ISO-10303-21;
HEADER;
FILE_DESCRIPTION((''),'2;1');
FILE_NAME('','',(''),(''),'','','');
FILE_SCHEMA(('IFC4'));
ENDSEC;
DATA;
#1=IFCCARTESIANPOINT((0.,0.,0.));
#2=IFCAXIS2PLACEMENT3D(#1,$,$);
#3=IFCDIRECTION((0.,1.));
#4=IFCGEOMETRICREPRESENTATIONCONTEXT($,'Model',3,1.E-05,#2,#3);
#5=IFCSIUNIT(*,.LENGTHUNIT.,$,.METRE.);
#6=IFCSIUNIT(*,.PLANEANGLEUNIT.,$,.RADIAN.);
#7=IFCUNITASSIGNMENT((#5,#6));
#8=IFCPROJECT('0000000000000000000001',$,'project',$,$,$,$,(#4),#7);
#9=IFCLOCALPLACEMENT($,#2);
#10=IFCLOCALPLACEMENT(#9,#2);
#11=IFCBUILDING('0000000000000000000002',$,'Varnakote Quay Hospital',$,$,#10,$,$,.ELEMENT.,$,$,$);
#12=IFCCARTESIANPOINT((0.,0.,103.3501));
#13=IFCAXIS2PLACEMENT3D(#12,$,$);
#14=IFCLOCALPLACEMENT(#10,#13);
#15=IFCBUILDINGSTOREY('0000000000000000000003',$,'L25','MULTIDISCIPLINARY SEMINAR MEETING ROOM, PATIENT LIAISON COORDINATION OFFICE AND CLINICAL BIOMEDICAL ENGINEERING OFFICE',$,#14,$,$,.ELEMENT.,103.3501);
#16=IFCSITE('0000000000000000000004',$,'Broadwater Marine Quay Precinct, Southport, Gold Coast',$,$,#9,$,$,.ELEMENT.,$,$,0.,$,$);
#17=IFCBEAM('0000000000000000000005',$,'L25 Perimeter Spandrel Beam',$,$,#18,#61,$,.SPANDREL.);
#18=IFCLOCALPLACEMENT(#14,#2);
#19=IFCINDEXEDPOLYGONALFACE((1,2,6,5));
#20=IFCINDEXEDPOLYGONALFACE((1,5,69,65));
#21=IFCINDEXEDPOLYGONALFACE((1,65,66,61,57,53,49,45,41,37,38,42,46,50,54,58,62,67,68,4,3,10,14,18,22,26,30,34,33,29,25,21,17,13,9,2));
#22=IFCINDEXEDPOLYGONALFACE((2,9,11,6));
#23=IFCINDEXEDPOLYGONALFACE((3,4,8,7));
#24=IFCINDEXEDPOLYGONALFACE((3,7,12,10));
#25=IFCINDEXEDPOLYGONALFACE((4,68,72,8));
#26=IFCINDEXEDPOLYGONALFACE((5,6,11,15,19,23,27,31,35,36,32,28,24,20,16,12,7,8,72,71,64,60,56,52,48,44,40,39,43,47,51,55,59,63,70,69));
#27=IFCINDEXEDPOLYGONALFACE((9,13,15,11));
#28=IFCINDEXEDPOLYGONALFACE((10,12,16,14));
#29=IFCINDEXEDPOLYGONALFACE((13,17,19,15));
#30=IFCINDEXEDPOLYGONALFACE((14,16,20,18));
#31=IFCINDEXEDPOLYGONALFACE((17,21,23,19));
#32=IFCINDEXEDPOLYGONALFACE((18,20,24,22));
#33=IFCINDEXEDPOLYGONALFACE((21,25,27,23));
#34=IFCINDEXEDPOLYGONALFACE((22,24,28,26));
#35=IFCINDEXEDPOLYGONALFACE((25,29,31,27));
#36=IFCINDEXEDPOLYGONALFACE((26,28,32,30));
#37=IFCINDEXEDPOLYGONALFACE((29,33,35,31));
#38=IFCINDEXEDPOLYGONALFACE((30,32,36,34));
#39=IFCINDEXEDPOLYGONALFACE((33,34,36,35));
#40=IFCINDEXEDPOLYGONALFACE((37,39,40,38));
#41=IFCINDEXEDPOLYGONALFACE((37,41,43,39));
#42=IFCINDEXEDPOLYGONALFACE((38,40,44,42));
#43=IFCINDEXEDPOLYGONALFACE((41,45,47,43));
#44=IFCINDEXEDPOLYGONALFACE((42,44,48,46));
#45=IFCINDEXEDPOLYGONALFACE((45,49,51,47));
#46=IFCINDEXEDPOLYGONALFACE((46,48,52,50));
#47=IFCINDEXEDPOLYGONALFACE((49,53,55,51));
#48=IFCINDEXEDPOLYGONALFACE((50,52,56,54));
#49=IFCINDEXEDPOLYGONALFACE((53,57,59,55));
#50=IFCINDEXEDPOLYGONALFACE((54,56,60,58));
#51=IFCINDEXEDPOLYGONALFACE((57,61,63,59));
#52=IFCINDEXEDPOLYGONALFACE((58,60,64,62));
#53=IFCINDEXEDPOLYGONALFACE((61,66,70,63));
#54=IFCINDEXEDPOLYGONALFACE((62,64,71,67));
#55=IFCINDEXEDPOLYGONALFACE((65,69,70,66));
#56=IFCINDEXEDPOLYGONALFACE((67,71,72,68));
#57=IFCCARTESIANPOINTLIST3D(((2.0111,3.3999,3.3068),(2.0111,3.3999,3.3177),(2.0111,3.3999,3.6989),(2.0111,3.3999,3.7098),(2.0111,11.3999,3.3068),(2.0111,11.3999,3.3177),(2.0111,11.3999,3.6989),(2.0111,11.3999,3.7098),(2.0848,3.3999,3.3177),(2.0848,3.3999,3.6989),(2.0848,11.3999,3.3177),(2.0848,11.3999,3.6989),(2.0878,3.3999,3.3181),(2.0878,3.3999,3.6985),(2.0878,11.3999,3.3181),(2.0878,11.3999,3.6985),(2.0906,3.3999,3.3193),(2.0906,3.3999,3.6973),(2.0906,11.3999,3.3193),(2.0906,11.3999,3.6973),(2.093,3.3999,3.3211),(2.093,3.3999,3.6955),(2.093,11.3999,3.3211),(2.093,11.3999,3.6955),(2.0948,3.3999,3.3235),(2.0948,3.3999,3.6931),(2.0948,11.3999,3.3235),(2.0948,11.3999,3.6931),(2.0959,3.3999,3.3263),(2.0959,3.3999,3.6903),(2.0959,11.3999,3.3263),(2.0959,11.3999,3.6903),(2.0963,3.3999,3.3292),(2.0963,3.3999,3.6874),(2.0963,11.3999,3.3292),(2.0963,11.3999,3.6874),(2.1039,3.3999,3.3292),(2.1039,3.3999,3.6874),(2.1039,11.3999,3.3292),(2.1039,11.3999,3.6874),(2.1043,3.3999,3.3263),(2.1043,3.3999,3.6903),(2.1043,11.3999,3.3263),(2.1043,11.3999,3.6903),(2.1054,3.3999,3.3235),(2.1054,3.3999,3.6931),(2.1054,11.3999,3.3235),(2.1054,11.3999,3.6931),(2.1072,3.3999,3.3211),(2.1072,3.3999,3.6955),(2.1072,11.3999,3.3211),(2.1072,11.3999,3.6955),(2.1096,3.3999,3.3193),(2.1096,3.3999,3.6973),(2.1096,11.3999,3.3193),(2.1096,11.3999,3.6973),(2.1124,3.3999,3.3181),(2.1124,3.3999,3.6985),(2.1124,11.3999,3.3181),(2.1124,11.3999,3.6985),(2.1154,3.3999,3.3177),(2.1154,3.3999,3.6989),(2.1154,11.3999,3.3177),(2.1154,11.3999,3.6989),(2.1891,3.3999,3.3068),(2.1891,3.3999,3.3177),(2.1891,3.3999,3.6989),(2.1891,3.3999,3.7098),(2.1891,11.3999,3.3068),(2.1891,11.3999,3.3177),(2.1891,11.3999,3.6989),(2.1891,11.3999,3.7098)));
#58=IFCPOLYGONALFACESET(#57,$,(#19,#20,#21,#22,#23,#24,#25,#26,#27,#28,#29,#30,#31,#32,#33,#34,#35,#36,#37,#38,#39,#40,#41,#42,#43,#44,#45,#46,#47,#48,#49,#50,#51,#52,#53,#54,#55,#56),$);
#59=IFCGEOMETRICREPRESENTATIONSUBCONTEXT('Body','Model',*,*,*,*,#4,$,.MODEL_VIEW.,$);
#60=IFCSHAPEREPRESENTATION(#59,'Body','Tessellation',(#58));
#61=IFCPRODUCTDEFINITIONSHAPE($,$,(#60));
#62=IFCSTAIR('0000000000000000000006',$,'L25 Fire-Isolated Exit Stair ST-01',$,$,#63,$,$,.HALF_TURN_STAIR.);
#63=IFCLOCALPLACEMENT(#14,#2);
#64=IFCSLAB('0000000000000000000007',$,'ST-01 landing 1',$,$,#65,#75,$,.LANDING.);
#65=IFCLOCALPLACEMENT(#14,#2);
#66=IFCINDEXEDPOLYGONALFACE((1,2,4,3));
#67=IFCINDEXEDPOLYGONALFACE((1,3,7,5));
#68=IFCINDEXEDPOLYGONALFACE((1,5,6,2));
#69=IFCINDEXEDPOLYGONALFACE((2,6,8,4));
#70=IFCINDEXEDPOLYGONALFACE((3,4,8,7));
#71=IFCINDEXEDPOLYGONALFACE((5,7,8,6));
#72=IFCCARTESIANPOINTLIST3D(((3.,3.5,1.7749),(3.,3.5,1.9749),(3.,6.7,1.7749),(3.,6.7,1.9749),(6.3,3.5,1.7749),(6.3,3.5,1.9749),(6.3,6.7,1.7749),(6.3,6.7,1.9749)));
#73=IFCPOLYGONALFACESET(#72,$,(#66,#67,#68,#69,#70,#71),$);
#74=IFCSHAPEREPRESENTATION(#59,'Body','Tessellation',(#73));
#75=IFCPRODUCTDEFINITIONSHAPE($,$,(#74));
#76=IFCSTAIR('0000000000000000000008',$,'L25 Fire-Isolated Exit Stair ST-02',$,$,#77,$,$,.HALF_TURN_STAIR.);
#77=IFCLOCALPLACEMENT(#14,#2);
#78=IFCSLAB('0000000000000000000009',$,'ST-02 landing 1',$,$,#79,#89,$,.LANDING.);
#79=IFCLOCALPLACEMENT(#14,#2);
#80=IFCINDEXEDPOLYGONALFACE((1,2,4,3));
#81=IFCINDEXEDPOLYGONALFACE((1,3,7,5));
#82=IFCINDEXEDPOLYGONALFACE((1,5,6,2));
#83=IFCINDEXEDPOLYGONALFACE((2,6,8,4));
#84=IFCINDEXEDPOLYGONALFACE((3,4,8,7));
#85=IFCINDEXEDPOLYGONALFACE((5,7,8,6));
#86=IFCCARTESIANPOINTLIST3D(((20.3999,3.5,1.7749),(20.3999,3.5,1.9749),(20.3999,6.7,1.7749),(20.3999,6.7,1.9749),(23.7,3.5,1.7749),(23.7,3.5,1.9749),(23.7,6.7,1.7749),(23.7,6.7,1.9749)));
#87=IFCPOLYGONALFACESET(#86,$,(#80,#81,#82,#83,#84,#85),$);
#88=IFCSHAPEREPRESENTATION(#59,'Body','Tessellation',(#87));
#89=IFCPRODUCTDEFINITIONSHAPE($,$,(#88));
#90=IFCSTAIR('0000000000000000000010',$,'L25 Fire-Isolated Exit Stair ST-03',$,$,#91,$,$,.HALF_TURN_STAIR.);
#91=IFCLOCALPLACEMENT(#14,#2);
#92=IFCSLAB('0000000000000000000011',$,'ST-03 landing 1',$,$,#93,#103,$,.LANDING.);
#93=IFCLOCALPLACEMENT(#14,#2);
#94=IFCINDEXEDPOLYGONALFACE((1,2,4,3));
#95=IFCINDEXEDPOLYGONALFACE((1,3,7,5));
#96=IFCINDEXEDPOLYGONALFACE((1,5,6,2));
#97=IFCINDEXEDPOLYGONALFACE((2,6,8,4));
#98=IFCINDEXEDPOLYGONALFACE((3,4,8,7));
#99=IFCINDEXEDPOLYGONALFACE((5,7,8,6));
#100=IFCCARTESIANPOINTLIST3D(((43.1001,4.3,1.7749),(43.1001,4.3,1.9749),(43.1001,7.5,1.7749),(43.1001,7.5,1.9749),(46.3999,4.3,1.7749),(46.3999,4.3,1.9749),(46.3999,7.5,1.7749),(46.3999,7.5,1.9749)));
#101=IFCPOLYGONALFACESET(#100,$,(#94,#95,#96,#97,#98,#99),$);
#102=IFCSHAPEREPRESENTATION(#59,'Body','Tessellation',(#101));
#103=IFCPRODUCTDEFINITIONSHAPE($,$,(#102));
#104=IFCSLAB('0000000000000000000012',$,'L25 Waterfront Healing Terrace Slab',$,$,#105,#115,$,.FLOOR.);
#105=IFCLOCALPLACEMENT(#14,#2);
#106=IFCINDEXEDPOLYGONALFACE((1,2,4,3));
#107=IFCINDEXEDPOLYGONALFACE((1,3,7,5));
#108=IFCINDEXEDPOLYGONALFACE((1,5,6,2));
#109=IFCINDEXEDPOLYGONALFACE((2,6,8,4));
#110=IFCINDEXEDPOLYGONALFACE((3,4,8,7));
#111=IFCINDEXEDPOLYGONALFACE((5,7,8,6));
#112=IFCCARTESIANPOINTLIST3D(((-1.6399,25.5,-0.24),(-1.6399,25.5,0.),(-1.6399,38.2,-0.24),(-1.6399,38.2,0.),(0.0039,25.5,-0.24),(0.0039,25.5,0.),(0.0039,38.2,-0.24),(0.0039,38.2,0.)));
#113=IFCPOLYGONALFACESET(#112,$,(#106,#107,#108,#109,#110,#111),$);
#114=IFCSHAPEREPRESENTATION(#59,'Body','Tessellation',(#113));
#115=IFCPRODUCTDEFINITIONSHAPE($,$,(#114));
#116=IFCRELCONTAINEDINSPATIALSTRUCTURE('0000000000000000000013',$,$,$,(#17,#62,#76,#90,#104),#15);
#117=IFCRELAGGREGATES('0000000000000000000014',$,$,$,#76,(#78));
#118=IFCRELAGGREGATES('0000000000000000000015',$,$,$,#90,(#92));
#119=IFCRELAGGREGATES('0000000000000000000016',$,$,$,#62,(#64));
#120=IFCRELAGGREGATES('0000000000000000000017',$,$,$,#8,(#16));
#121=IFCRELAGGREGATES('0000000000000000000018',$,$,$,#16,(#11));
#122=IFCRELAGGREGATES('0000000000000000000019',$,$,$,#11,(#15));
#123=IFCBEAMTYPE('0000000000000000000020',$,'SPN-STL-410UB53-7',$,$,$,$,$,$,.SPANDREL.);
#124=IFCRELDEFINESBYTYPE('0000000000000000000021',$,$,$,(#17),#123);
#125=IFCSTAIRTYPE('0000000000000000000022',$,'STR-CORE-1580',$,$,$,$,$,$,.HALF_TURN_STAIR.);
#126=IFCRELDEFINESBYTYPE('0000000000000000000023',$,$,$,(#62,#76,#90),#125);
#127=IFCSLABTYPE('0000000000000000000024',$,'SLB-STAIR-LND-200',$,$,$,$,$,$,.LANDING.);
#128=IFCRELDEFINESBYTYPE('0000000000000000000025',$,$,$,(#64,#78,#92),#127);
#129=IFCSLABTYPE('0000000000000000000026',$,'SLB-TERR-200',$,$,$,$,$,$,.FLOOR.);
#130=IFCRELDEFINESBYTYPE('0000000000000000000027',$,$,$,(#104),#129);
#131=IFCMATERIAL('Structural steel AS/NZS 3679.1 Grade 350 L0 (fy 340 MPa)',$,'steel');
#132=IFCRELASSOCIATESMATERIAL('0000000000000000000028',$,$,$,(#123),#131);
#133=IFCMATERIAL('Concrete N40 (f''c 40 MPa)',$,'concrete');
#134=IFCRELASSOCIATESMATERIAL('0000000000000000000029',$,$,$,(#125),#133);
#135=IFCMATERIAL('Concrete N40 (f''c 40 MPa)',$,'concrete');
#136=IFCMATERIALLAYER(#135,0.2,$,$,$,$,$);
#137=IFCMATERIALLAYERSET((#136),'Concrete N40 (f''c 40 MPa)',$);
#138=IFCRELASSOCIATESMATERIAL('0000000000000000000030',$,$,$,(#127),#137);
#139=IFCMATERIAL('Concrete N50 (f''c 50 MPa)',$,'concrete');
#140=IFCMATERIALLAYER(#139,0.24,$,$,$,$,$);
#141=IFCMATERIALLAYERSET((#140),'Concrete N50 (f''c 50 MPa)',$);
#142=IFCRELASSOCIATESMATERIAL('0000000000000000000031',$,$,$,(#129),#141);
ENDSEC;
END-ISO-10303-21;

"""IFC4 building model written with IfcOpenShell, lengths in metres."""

from ifc_helpers import new_model, si_unit, direction, frame, origin, origin_2d, place, context, subcontext, project, spatial, polyline, i_section, outline, extrude, material, layer, layer_set, material_profile, profile_set, type_object, element, aggregate, save


model = new_model("IFC4")

# Units and contexts
model_context = context("Model", 3, precision=1e-05, world=origin(), true_north=direction((0.0, 1.0)))
body_context = subcontext(model_context, "Body", "Model", "MODEL_VIEW")
ifc_project = project(units=[si_unit("LENGTHUNIT", "METRE"), si_unit("PLANEANGLEUNIT", "RADIAN")], contexts=[model_context])

# Site, building, storey
site_placement = place(None, origin())
site = spatial("IfcSite", under=ifc_project, at=site_placement, Name="Broadwater Marine Quay Precinct, Southport, Gold Coast", CompositionType="ELEMENT", RefElevation=0.0)
building_placement = place(site_placement, origin())
building = spatial("IfcBuilding", under=site, at=building_placement, Name="Varnakote Quay Hospital", CompositionType="ELEMENT")
storey_placement = place(building_placement, frame((0.0, 0.0, 103.3501)))
storey = spatial("IfcBuildingStorey", under=building, at=storey_placement, Name="L25", Description="MULTIDISCIPLINARY SEMINAR MEETING ROOM, PATIENT LIAISON COORDINATION OFFICE AND CLINICAL BIOMEDICAL ENGINEERING OFFICE", CompositionType="ELEMENT", Elevation=103.3501)

# Beam
ifc_material_1 = material(Name="Structural steel AS/NZS 3679.1 Grade 350 L0 (fy 340 MPa)", Category="steel")
ifc_material_profile_1 = material_profile(ifc_material_1, i_section(OverallWidth=0.178, OverallDepth=0.4031, WebThickness=0.0076, FlangeThickness=0.011, FilletRadius=0.0115, at=origin_2d()), Name="410UB53.7")
ifc_profile_set_1 = profile_set([ifc_material_profile_1], Name="Structural steel AS/NZS 3679.1 Grade 350 L0 (fy 340 MPa)")
beam_type_1 = type_object("IfcBeamType", Name="SPN-STL-410UB53-7", PredefinedType="SPANDREL", material=ifc_profile_set_1)
beam_1_placement = place(storey_placement, frame((2.1001, 3.3999, 3.5083), z_axis=(0.0, 1.0, 0.0), x_axis=(-1.0, 0.0, 0.0)))
element("IfcBeam", 1, at=beam_1_placement, inside=storey, type_object=beam_type_1, Name="L25 Perimeter Spandrel Beam", PredefinedType="SPANDREL", context=body_context, shape_type="SweptSolid", body=[
    extrude(i_section(OverallWidth=0.178, OverallDepth=0.4031, WebThickness=0.0076, FlangeThickness=0.011, FilletRadius=0.0115, at=origin_2d()), origin(), (0.0, 0.0, 1.0), 8.0),
])

# Stairs, slabs
ifc_material_2 = material(Name="Concrete N40 (f'c 40 MPa)", Category="concrete")
stair_type = type_object("IfcStairType", Name="STR-CORE-1580", PredefinedType="HALF_TURN_STAIR", material=ifc_material_2)
stair_1_placement = place(storey_placement, origin())
stair_1 = element("IfcStair", 2, at=stair_1_placement, inside=storey, type_object=stair_type, Name="L25 Fire-Isolated Exit Stair ST-01", PredefinedType="HALF_TURN_STAIR")
ifc_material_3 = material(Name="Concrete N40 (f'c 40 MPa)", Category="concrete")
ifc_layer_1 = layer(ifc_material_3, 0.2)
ifc_layer_set_1 = layer_set([ifc_layer_1], Name="Concrete N40 (f'c 40 MPa)")
slab_type_1 = type_object("IfcSlabType", Name="SLB-STAIR-LND-200", PredefinedType="LANDING", material=ifc_layer_set_1)
slab_1_placement = place(storey_placement, frame((0.0, 0.0, 1.7749)))
slab_1 = element("IfcSlab", 3, at=slab_1_placement, type_object=slab_type_1, Name="ST-01 landing 1", PredefinedType="LANDING", context=body_context, shape_type="SweptSolid", body=[
    extrude(outline(polyline([(3.0, 6.7), (3.0, 3.5), (6.3, 3.5), (6.3, 6.7), (3.0, 6.7)])), origin(), (0.0, 0.0, 1.0), 0.2),
])
stair_2_placement = place(storey_placement, origin())
stair_2 = element("IfcStair", 4, at=stair_2_placement, inside=storey, type_object=stair_type, Name="L25 Fire-Isolated Exit Stair ST-02", PredefinedType="HALF_TURN_STAIR")
slab_2_placement = place(storey_placement, frame((0.0, 0.0, 1.7749)))
slab_2 = element("IfcSlab", 5, at=slab_2_placement, type_object=slab_type_1, Name="ST-02 landing 1", PredefinedType="LANDING", context=body_context, shape_type="SweptSolid", body=[
    extrude(outline(polyline([(20.3999, 6.7), (20.3999, 3.5), (23.7, 3.5), (23.7, 6.7), (20.3999, 6.7)])), origin(), (0.0, 0.0, 1.0), 0.2),
])
aggregate(stair_2, [slab_2])
stair_3_placement = place(storey_placement, origin())
stair_3 = element("IfcStair", 6, at=stair_3_placement, inside=storey, type_object=stair_type, Name="L25 Fire-Isolated Exit Stair ST-03", PredefinedType="HALF_TURN_STAIR")
slab_3_placement = place(storey_placement, frame((0.0, 0.0, 1.7749)))
slab_3 = element("IfcSlab", 7, at=slab_3_placement, type_object=slab_type_1, Name="ST-03 landing 1", PredefinedType="LANDING", context=body_context, shape_type="SweptSolid", body=[
    extrude(outline(polyline([(43.1001, 7.5), (43.1001, 4.3), (46.3999, 4.3), (46.3999, 7.5), (43.1001, 7.5)])), origin(), (0.0, 0.0, 1.0), 0.2),
])
aggregate(stair_3, [slab_3])

# Slab
ifc_material_4 = material(Name="Concrete N50 (f'c 50 MPa)", Category="concrete")
ifc_layer_2 = layer(ifc_material_4, 0.24)
ifc_layer_set_2 = layer_set([ifc_layer_2], Name="Concrete N50 (f'c 50 MPa)")
slab_type_2 = type_object("IfcSlabType", Name="SLB-TERR-200", PredefinedType="FLOOR", material=ifc_layer_set_2)
slab_4_placement = place(storey_placement, frame((0.0, 0.0, -0.24)))
element("IfcSlab", 8, at=slab_4_placement, inside=storey, type_object=slab_type_2, Name="L25 Waterfront Healing Terrace Slab", PredefinedType="FLOOR", context=body_context, shape_type="SweptSolid", body=[
    extrude(outline(polyline([(0.0039, 25.5), (0.0039, 38.2), (-1.6399, 38.2), (-1.6399, 25.5), (0.0039, 25.5)])), origin(), (0.0, 0.0, 1.0), 0.24),
])

aggregate(stair_1, [slab_1])

save(model, "model.ifc")
